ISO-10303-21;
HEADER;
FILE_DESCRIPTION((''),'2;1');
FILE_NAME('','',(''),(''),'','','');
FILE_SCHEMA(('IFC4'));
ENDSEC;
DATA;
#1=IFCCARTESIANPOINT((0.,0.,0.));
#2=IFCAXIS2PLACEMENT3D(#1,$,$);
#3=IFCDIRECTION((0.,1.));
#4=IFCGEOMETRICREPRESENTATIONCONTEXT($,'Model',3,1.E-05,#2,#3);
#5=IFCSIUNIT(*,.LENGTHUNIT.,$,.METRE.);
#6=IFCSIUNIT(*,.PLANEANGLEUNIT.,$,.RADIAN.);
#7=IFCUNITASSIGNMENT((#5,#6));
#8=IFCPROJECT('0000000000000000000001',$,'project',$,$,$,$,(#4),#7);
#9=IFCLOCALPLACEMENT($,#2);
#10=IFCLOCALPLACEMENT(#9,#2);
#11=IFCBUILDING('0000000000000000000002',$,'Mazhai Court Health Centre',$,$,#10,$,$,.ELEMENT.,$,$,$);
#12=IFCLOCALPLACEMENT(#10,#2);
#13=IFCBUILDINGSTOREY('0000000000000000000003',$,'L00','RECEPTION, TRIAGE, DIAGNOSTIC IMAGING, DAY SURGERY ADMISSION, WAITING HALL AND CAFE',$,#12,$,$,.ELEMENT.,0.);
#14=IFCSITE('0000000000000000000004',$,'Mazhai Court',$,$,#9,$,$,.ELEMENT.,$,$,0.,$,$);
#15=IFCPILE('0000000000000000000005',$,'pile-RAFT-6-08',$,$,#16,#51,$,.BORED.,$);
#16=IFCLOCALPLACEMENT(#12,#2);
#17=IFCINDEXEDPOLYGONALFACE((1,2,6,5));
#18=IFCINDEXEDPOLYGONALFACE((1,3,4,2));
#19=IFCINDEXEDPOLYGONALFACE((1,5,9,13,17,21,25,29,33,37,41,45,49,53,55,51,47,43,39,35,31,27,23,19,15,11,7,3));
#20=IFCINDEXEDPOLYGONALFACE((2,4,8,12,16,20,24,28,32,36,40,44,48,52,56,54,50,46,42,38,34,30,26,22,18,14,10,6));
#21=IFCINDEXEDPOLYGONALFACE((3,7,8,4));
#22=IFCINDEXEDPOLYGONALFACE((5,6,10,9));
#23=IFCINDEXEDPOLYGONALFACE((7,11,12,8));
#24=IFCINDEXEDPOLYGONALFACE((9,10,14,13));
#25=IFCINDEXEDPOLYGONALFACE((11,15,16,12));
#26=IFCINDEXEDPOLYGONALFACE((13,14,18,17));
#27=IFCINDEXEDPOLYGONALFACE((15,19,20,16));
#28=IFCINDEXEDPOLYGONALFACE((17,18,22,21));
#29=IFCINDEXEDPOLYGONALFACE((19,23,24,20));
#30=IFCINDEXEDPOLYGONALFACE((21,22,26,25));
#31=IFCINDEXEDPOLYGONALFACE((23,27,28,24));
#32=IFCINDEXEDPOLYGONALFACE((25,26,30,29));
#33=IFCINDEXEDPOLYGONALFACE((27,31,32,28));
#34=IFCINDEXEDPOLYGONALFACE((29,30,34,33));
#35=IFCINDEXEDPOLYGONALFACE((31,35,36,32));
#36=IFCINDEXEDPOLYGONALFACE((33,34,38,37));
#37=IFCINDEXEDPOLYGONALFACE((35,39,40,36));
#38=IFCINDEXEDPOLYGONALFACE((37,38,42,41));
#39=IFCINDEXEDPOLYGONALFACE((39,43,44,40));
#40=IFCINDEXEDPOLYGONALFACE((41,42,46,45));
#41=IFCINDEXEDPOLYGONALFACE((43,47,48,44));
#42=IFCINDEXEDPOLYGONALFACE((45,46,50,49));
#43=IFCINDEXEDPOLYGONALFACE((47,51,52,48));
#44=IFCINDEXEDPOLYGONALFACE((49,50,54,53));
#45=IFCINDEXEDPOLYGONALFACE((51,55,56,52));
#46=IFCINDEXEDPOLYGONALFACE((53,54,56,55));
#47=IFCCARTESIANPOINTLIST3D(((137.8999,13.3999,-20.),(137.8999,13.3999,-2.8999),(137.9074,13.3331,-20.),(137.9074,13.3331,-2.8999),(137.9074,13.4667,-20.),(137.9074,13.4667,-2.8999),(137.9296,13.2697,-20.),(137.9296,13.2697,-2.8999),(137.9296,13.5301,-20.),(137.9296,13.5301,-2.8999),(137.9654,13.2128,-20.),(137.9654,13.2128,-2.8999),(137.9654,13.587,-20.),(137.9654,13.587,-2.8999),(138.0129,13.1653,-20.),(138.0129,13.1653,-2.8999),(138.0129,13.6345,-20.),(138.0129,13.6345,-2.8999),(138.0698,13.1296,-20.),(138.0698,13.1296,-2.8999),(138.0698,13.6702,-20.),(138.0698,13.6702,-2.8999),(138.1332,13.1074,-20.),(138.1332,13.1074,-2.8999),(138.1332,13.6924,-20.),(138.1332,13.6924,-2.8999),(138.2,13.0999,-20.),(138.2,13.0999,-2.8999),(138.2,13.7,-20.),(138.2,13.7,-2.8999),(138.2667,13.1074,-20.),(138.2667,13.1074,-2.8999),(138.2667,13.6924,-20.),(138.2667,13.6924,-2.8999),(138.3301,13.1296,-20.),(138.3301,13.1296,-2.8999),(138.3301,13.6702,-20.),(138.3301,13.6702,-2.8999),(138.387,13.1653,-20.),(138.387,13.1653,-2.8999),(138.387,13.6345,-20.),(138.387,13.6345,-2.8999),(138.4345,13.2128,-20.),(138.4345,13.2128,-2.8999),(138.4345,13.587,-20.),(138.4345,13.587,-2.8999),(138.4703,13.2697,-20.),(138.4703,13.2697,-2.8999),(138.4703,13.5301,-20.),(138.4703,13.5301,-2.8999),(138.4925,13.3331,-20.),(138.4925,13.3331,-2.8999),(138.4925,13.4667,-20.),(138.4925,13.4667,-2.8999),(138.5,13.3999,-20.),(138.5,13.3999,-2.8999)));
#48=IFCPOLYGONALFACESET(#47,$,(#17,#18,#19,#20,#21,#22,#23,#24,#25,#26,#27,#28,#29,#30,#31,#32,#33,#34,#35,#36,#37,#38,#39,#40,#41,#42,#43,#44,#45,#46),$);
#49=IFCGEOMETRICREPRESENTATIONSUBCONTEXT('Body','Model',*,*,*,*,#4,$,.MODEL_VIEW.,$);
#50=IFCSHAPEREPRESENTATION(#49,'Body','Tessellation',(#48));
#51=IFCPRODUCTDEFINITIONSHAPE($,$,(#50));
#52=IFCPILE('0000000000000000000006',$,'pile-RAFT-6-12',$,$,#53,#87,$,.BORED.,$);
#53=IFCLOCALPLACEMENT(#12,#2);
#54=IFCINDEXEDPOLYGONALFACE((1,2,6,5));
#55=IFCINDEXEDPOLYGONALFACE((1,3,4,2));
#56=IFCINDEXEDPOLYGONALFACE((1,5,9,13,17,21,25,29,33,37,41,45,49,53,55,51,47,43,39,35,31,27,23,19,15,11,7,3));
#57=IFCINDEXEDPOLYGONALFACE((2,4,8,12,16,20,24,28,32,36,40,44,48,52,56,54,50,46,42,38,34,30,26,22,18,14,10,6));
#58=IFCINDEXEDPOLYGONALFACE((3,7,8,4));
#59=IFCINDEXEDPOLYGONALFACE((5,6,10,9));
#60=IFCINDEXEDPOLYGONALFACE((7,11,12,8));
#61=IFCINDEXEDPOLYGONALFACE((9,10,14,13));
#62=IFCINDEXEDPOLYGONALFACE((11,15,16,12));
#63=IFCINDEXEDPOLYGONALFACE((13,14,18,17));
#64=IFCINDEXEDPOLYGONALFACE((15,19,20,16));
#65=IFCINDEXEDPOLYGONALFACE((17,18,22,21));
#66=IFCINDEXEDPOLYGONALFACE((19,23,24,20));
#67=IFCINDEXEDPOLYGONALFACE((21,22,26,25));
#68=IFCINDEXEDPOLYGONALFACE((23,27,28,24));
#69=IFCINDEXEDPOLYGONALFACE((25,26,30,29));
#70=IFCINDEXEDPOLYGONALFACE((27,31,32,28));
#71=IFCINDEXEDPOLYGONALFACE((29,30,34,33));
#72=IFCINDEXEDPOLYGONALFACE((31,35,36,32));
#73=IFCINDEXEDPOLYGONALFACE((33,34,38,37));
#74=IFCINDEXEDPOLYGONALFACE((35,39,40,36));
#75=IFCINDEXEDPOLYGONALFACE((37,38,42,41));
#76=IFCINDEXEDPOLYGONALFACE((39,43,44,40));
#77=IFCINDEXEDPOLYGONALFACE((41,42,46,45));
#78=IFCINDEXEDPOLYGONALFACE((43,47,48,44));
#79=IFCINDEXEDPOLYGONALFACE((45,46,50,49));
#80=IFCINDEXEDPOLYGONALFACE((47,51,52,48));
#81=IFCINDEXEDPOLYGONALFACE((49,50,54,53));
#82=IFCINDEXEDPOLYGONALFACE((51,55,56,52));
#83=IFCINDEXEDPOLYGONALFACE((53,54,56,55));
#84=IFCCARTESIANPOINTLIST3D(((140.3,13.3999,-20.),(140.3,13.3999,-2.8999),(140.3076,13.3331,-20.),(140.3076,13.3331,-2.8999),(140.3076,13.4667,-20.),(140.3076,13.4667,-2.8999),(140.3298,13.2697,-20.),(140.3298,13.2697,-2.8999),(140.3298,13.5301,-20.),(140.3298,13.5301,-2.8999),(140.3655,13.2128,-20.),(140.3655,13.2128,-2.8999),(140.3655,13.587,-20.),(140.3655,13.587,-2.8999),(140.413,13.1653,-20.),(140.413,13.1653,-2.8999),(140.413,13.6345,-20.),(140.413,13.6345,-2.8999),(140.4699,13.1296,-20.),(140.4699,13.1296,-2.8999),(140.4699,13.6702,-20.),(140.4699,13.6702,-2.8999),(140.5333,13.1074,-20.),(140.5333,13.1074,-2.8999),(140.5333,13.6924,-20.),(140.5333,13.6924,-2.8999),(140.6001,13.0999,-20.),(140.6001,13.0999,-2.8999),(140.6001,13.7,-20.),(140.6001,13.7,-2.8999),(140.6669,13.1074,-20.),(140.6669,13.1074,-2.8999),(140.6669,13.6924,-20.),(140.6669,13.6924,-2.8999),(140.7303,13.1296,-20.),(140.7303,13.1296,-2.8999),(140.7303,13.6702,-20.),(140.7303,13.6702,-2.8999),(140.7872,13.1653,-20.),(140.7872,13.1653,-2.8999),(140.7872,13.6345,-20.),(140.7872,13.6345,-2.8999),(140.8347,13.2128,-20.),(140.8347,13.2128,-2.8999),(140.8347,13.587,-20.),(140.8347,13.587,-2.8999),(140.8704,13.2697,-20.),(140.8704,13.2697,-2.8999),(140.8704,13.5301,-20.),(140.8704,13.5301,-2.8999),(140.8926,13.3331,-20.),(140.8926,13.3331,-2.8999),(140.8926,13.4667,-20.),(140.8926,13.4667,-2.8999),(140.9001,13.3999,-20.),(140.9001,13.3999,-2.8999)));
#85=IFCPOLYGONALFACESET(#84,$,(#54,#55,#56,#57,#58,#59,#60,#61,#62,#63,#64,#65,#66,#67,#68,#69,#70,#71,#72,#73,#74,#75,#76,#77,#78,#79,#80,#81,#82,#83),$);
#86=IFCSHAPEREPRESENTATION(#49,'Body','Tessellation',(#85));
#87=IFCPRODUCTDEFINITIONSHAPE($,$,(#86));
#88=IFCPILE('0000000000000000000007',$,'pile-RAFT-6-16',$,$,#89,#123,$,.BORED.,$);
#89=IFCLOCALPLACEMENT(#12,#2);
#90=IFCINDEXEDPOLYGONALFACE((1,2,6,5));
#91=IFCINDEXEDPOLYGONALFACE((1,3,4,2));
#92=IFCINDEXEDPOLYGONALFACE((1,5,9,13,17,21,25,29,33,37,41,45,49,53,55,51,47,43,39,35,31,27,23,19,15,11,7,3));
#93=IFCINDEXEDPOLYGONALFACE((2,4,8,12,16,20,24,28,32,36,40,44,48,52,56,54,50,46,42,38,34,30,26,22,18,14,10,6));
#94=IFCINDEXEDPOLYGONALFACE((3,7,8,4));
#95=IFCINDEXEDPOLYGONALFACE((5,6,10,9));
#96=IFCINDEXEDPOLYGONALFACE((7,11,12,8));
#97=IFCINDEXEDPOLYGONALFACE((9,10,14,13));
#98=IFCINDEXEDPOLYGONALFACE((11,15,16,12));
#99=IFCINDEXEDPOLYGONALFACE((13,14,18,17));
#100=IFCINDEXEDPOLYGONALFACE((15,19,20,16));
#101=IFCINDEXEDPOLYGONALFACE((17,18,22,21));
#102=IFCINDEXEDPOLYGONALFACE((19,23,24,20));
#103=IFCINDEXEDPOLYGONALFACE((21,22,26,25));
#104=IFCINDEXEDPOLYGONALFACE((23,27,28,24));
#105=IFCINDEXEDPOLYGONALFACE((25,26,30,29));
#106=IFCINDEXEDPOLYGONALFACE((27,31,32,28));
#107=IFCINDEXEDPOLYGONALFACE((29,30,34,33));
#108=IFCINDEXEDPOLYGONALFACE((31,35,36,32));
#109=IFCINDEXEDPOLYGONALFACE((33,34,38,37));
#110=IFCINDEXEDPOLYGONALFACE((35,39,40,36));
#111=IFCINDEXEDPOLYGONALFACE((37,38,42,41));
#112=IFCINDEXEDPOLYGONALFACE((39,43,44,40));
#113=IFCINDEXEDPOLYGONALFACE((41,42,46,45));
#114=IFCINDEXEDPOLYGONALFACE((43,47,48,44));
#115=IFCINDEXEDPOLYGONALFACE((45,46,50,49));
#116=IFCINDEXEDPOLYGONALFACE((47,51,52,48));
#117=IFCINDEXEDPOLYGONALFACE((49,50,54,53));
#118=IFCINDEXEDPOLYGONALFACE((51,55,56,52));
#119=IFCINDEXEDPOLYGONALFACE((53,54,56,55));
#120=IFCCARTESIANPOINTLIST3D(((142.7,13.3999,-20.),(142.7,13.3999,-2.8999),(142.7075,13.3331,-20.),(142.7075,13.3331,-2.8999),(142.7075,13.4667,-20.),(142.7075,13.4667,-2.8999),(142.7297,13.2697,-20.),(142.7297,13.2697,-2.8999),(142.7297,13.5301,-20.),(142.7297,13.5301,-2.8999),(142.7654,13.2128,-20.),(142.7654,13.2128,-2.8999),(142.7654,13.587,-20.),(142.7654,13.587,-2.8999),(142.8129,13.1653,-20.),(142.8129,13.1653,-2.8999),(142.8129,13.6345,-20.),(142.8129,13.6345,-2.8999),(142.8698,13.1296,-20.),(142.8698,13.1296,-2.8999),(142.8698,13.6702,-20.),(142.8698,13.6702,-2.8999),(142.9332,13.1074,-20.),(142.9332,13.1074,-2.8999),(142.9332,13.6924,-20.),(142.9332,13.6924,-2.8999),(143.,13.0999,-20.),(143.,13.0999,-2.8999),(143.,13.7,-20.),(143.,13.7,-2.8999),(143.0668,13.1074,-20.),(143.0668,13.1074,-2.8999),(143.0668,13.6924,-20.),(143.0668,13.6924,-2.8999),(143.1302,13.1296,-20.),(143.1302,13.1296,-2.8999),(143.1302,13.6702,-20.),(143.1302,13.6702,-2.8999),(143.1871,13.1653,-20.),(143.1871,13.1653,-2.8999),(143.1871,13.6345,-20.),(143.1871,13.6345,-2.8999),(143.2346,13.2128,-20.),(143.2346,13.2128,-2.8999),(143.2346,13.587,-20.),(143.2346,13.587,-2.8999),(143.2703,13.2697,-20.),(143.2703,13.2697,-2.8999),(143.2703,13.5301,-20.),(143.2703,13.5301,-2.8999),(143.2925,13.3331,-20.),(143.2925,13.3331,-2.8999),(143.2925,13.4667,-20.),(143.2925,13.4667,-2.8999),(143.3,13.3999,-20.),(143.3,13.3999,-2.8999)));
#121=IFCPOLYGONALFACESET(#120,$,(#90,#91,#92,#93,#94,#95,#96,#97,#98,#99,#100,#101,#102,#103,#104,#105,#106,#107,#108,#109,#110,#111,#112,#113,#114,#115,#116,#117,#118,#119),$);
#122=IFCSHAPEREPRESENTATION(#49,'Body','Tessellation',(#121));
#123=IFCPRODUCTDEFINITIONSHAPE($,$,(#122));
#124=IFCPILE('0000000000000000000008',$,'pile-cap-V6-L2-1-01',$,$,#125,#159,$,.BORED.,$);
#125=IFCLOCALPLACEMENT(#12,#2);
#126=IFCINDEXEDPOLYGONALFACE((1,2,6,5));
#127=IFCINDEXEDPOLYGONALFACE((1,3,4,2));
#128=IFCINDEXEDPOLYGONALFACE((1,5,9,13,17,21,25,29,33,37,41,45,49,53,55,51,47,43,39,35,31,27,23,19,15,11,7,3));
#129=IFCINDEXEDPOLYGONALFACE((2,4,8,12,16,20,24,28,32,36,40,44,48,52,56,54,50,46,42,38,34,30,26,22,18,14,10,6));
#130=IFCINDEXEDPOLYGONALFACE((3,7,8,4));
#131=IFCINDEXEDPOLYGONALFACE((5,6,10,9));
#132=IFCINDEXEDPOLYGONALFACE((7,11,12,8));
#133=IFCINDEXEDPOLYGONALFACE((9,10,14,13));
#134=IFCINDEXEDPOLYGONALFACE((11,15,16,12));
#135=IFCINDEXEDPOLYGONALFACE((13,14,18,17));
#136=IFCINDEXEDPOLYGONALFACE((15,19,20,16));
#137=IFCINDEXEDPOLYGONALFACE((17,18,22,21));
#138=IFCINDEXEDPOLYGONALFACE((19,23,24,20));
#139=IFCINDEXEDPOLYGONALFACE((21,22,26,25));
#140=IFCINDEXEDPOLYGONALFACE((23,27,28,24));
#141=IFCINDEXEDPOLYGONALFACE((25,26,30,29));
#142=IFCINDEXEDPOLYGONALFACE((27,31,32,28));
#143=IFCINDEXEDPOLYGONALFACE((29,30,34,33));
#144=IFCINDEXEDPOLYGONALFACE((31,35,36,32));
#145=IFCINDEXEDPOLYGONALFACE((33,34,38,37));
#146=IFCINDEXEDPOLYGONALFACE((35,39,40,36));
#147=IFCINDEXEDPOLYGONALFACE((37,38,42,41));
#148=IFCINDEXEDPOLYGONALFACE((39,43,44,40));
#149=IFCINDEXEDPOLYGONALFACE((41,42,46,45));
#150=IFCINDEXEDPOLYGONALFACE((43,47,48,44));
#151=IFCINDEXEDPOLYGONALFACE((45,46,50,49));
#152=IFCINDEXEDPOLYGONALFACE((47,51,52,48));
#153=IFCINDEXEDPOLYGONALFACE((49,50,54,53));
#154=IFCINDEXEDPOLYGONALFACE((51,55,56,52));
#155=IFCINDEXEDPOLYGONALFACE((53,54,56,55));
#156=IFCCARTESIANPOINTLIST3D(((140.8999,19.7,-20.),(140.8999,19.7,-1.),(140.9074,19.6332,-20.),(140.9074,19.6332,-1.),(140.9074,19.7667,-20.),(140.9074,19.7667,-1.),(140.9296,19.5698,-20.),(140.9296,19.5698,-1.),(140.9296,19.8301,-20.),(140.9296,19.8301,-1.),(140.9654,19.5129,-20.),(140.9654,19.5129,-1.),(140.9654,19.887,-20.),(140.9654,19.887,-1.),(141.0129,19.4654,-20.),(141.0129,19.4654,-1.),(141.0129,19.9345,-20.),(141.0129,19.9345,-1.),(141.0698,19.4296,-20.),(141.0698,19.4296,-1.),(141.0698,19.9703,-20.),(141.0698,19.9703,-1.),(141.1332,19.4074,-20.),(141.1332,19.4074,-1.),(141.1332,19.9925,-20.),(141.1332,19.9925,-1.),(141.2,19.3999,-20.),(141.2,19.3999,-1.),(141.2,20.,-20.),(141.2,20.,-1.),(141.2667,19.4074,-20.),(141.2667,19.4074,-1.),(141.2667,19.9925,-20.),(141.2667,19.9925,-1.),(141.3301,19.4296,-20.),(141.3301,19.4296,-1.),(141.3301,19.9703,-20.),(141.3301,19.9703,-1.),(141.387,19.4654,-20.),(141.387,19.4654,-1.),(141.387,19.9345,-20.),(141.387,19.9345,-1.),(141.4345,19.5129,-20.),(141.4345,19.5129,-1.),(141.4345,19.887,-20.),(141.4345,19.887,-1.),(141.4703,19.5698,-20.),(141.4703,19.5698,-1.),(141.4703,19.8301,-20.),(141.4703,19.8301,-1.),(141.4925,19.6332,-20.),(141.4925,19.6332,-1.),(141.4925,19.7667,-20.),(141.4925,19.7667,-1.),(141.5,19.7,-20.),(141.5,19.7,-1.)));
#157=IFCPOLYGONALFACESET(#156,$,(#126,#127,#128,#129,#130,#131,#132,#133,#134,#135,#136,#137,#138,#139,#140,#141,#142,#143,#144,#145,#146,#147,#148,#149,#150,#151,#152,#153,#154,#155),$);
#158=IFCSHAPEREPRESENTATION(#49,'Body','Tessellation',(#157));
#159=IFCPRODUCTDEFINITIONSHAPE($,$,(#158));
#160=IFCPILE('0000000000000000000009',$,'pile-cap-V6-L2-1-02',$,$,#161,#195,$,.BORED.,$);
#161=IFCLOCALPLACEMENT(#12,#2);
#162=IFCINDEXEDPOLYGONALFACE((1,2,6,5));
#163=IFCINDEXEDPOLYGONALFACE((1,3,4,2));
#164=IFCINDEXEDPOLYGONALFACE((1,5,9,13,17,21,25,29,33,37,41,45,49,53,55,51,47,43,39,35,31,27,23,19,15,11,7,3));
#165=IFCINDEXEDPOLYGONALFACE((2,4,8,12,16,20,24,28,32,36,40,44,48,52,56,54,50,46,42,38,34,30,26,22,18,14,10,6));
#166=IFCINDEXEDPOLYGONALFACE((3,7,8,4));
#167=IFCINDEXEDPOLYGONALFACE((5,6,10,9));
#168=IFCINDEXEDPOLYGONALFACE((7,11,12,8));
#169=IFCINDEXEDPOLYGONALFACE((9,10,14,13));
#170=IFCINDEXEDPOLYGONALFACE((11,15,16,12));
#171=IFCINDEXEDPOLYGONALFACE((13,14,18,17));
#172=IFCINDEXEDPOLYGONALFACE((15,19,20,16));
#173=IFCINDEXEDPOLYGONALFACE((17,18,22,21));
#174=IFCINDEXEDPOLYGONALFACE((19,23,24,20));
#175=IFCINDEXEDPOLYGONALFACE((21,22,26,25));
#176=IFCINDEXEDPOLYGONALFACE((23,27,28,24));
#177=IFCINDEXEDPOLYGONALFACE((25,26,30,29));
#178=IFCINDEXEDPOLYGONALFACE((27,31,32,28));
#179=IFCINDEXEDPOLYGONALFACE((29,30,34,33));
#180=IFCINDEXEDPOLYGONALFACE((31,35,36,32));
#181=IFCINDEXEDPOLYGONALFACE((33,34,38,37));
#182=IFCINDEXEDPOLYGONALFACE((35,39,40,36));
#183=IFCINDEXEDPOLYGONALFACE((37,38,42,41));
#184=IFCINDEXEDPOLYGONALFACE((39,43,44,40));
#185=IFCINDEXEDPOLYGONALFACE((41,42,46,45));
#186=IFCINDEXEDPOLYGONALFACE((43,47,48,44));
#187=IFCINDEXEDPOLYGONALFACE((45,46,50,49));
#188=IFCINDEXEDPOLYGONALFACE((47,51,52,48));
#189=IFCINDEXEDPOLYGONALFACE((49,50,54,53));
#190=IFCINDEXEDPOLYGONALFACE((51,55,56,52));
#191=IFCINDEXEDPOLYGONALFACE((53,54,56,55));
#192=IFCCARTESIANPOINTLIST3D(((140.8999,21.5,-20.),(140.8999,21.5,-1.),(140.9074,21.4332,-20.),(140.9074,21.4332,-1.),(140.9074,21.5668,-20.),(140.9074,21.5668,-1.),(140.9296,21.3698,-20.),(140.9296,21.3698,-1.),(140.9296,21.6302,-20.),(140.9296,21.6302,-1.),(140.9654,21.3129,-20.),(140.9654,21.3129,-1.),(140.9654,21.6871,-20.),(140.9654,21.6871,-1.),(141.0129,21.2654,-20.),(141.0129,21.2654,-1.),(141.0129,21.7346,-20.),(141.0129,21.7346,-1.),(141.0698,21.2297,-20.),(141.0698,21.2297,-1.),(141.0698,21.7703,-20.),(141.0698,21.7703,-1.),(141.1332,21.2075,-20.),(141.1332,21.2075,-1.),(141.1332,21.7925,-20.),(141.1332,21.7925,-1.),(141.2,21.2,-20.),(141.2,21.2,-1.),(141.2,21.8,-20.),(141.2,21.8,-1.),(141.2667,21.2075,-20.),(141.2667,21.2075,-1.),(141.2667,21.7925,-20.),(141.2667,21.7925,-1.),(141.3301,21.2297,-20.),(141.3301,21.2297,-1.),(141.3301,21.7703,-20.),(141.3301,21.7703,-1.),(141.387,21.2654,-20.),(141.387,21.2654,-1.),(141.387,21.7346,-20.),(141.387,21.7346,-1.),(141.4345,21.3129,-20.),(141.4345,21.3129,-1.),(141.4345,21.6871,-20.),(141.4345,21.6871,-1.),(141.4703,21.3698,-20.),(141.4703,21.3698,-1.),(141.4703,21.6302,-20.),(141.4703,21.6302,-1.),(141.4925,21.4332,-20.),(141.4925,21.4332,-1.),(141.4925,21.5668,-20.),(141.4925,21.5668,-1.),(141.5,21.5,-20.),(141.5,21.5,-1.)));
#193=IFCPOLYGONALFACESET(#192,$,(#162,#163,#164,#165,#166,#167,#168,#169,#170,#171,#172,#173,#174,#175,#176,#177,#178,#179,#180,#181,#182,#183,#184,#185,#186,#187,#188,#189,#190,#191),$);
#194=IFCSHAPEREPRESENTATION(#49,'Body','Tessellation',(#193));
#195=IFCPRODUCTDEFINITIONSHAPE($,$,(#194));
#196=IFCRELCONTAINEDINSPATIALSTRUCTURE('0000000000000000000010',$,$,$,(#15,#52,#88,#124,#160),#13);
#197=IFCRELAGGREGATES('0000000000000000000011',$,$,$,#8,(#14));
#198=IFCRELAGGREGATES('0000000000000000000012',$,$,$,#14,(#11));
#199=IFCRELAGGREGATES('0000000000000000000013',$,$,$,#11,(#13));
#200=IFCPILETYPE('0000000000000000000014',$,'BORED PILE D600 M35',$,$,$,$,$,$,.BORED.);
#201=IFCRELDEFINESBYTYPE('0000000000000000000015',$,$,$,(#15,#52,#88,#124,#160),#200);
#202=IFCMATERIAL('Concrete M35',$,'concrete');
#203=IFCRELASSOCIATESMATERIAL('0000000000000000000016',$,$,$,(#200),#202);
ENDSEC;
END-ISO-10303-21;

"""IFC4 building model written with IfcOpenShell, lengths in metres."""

from ifc_helpers import new_model, si_unit, direction, frame, origin, origin_2d, place, context, subcontext, project, spatial, circle, extrude, material, material_profile, profile_set, type_object, element, save


model = new_model("IFC4")

# Units and contexts
model_context = context("Model", 3, precision=1e-05, world=origin(), true_north=direction((0.0, 1.0)))
body_context = subcontext(model_context, "Body", "Model", "MODEL_VIEW")
ifc_project = project(units=[si_unit("LENGTHUNIT", "METRE"), si_unit("PLANEANGLEUNIT", "RADIAN")], contexts=[model_context])

# Site, building, storey
site_placement = place(None, origin())
site = spatial("IfcSite", under=ifc_project, at=site_placement, Name="Mazhai Court", CompositionType="ELEMENT", RefElevation=0.0)
building_placement = place(site_placement, origin())
building = spatial("IfcBuilding", under=site, at=building_placement, Name="Mazhai Court Health Centre", CompositionType="ELEMENT")
storey_placement = place(building_placement, origin())
storey = spatial("IfcBuildingStorey", under=building, at=storey_placement, Name="L00", Description="RECEPTION, TRIAGE, DIAGNOSTIC IMAGING, DAY SURGERY ADMISSION, WAITING HALL AND CAFE", CompositionType="ELEMENT", Elevation=0.0)

# Piles
ifc_material_1 = material(Name="Concrete M35", Category="concrete")
ifc_material_profile_1 = material_profile(ifc_material_1, circle(Radius=0.3, at=origin_2d()), Name="RC PILE D600")
ifc_profile_set_1 = profile_set([ifc_material_profile_1], Name="Concrete M35")
pile_type = type_object("IfcPileType", Name="BORED PILE D600 M35", PredefinedType="BORED", material=ifc_profile_set_1)
for number, where, z_axis, x_axis, name in (
    (1, (138.2, 13.3999, -2.8999), (0.0, 0.0, -1.0), (1.0, 0.0, 0.0), "pile-RAFT-6-08"),
    (2, (140.6001, 13.3999, -2.8999), (0.0, 0.0, -1.0), (1.0, 0.0, 0.0), "pile-RAFT-6-12"),
    (3, (143.0, 13.3999, -2.8999), (0.0, 0.0, -1.0), (1.0, 0.0, 0.0), "pile-RAFT-6-16"),
):
    element("IfcPile", number, at=place(storey_placement, frame(where, z_axis=z_axis, x_axis=x_axis)), inside=storey, type_object=pile_type, Name=name, PredefinedType="BORED", context=body_context, shape_type="SweptSolid", body=[
        extrude(circle(Radius=0.3, at=origin_2d()), origin(), (0.0, 0.0, 1.0), 17.1001),
    ])
for number, where, z_axis, x_axis, name in (
    (4, (141.2, 19.7, -1.0), (0.0, 0.0, -1.0), (1.0, 0.0, 0.0), "pile-cap-V6-L2-1-01"),
    (5, (141.2, 21.5, -1.0), (0.0, 0.0, -1.0), (1.0, 0.0, 0.0), "pile-cap-V6-L2-1-02"),
):
    element("IfcPile", number, at=place(storey_placement, frame(where, z_axis=z_axis, x_axis=x_axis)), inside=storey, type_object=pile_type, Name=name, PredefinedType="BORED", context=body_context, shape_type="SweptSolid", body=[
        extrude(circle(Radius=0.3, at=origin_2d()), origin(), (0.0, 0.0, 1.0), 19.0),
    ])

save(model, "model.ifc")
